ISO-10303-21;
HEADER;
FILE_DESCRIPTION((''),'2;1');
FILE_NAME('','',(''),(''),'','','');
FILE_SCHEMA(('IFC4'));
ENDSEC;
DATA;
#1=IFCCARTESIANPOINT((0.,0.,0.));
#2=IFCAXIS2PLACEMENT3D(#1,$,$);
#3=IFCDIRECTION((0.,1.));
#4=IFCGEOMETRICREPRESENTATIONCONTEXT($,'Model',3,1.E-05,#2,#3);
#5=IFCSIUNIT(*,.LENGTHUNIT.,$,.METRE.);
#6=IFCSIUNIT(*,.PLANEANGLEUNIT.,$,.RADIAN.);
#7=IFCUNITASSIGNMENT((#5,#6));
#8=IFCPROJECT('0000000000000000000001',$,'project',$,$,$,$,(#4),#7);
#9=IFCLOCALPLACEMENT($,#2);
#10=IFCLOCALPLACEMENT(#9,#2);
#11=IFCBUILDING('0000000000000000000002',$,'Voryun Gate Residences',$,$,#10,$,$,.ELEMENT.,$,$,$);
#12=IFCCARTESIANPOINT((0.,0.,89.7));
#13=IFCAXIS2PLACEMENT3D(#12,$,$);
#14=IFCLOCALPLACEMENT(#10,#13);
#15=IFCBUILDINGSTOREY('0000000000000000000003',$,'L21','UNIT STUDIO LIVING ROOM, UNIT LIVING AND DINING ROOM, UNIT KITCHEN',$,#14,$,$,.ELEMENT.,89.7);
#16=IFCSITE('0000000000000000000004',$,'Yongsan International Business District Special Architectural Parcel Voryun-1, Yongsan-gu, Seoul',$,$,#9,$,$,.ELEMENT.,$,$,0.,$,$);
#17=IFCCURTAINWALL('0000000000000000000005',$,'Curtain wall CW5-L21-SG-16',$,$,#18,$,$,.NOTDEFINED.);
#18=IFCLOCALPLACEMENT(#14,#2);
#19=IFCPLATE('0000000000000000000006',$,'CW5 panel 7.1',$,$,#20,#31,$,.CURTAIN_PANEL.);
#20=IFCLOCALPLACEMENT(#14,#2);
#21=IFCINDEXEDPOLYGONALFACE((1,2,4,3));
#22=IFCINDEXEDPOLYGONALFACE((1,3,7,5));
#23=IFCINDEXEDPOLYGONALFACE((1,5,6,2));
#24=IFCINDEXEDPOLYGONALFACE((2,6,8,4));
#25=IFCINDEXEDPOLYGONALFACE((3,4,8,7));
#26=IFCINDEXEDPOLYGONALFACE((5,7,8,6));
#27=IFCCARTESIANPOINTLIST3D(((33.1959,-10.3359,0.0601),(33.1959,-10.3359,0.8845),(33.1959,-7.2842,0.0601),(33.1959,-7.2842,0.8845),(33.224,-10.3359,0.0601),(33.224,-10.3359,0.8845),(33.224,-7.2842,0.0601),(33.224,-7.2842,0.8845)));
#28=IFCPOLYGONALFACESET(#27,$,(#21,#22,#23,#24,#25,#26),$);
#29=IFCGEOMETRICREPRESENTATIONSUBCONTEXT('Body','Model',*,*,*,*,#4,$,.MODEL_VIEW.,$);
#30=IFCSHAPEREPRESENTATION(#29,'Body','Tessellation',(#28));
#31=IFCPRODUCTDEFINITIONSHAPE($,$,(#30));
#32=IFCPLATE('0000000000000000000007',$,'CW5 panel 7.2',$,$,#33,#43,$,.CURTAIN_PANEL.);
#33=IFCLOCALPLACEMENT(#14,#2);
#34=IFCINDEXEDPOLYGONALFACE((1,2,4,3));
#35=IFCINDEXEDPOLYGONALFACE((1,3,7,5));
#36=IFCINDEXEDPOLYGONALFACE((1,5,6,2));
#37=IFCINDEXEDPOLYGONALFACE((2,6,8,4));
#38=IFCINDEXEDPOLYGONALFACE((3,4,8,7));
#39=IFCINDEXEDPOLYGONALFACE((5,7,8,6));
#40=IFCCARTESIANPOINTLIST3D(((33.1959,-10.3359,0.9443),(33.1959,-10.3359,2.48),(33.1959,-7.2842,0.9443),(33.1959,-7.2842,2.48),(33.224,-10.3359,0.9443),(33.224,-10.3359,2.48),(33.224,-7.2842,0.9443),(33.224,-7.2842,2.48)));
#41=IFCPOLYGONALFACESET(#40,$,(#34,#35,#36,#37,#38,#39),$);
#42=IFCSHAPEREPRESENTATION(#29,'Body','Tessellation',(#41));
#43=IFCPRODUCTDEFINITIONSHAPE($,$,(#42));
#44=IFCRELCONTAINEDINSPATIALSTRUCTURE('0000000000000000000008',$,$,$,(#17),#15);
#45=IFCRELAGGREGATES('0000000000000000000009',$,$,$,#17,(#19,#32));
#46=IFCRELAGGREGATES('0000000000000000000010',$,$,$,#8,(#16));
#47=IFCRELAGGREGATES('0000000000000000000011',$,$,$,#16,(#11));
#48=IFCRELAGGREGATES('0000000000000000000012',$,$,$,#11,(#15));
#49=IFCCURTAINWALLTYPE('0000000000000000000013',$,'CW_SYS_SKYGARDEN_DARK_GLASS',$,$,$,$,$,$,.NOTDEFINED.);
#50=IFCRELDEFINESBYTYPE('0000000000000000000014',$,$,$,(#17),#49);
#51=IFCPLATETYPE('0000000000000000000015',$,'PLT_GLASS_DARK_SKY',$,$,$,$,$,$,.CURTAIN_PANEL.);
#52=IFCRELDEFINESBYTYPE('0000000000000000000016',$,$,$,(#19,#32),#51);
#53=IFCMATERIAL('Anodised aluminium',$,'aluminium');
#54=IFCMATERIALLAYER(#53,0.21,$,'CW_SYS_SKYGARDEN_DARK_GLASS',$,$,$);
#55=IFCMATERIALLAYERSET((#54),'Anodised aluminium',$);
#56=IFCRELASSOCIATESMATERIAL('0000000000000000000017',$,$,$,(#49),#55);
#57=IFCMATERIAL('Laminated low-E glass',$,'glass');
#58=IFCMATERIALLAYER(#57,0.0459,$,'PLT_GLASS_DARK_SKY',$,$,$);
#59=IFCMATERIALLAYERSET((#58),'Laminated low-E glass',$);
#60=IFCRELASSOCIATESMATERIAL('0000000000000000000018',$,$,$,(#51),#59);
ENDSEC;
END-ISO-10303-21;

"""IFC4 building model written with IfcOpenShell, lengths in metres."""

from ifc_helpers import new_model, si_unit, direction, frame, origin, origin_2d, place, context, subcontext, project, spatial, rectangle, extrude, material, layer, layer_set, type_object, element, aggregate, save


model = new_model("IFC4")

# Units and contexts
model_context = context("Model", 3, precision=1e-05, world=origin(), true_north=direction((0.0, 1.0)))
body_context = subcontext(model_context, "Body", "Model", "MODEL_VIEW")
ifc_project = project(units=[si_unit("LENGTHUNIT", "METRE"), si_unit("PLANEANGLEUNIT", "RADIAN")], contexts=[model_context])

# Site, building, storey
site_placement = place(None, origin())
site = spatial("IfcSite", under=ifc_project, at=site_placement, Name="Yongsan International Business District Special Architectural Parcel Voryun-1, Yongsan-gu, Seoul", CompositionType="ELEMENT", RefElevation=0.0)
building_placement = place(site_placement, origin())
building = spatial("IfcBuilding", under=site, at=building_placement, Name="Voryun Gate Residences", CompositionType="ELEMENT")
storey_placement = place(building_placement, frame((0.0, 0.0, 89.7)))
storey = spatial("IfcBuildingStorey", under=building, at=storey_placement, Name="L21", Description="UNIT STUDIO LIVING ROOM, UNIT LIVING AND DINING ROOM, UNIT KITCHEN", CompositionType="ELEMENT", Elevation=89.7)

# Curtain wall
ifc_material_1 = material(Name="Anodised aluminium", Category="aluminium")
ifc_layer_1 = layer(ifc_material_1, 0.21, Name="CW_SYS_SKYGARDEN_DARK_GLASS")
ifc_layer_set_1 = layer_set([ifc_layer_1], Name="Anodised aluminium")
curtain_wall_type = type_object("IfcCurtainWallType", Name="CW_SYS_SKYGARDEN_DARK_GLASS", PredefinedType="NOTDEFINED", material=ifc_layer_set_1)
curtain_wall_placement = place(storey_placement, origin())
curtain_wall = element("IfcCurtainWall", 1, at=curtain_wall_placement, inside=storey, type_object=curtain_wall_type, Name="Curtain wall CW5-L21-SG-16", PredefinedType="NOTDEFINED")

# Plates
ifc_material_2 = material(Name="Laminated low-E glass", Category="glass")
ifc_layer_2 = layer(ifc_material_2, 0.0459, Name="PLT_GLASS_DARK_SKY")
ifc_layer_set_2 = layer_set([ifc_layer_2], Name="Laminated low-E glass")
plate_type_1 = type_object("IfcPlateType", Name="PLT_GLASS_DARK_SKY", PredefinedType="CURTAIN_PANEL", material=ifc_layer_set_2)
plate_1_placement = place(storey_placement, frame((33.21, -8.8101, 0.0601), z_axis=(0.0, 0.0, 1.0), x_axis=(0.0, -1.0, 0.0)))
plate_1 = element("IfcPlate", 2, at=plate_1_placement, type_object=plate_type_1, Name="CW5 panel 7.1", PredefinedType="CURTAIN_PANEL", context=body_context, shape_type="SweptSolid", body=[
    extrude(rectangle(XDim=3.0518, YDim=0.0281, at=origin_2d()), origin(), (0.0, 0.0, 1.0), 0.8245),
])
plate_2_placement = place(storey_placement, frame((33.21, -8.8101, 0.9443), z_axis=(0.0, 0.0, 1.0), x_axis=(0.0, -1.0, 0.0)))
plate_2 = element("IfcPlate", 3, at=plate_2_placement, type_object=plate_type_1, Name="CW5 panel 7.2", PredefinedType="CURTAIN_PANEL", context=body_context, shape_type="SweptSolid", body=[
    extrude(rectangle(XDim=3.0518, YDim=0.0281, at=origin_2d()), origin(), (0.0, 0.0, 1.0), 1.5356),
])
aggregate(curtain_wall, [plate_1, plate_2])

save(model, "model.ifc")
